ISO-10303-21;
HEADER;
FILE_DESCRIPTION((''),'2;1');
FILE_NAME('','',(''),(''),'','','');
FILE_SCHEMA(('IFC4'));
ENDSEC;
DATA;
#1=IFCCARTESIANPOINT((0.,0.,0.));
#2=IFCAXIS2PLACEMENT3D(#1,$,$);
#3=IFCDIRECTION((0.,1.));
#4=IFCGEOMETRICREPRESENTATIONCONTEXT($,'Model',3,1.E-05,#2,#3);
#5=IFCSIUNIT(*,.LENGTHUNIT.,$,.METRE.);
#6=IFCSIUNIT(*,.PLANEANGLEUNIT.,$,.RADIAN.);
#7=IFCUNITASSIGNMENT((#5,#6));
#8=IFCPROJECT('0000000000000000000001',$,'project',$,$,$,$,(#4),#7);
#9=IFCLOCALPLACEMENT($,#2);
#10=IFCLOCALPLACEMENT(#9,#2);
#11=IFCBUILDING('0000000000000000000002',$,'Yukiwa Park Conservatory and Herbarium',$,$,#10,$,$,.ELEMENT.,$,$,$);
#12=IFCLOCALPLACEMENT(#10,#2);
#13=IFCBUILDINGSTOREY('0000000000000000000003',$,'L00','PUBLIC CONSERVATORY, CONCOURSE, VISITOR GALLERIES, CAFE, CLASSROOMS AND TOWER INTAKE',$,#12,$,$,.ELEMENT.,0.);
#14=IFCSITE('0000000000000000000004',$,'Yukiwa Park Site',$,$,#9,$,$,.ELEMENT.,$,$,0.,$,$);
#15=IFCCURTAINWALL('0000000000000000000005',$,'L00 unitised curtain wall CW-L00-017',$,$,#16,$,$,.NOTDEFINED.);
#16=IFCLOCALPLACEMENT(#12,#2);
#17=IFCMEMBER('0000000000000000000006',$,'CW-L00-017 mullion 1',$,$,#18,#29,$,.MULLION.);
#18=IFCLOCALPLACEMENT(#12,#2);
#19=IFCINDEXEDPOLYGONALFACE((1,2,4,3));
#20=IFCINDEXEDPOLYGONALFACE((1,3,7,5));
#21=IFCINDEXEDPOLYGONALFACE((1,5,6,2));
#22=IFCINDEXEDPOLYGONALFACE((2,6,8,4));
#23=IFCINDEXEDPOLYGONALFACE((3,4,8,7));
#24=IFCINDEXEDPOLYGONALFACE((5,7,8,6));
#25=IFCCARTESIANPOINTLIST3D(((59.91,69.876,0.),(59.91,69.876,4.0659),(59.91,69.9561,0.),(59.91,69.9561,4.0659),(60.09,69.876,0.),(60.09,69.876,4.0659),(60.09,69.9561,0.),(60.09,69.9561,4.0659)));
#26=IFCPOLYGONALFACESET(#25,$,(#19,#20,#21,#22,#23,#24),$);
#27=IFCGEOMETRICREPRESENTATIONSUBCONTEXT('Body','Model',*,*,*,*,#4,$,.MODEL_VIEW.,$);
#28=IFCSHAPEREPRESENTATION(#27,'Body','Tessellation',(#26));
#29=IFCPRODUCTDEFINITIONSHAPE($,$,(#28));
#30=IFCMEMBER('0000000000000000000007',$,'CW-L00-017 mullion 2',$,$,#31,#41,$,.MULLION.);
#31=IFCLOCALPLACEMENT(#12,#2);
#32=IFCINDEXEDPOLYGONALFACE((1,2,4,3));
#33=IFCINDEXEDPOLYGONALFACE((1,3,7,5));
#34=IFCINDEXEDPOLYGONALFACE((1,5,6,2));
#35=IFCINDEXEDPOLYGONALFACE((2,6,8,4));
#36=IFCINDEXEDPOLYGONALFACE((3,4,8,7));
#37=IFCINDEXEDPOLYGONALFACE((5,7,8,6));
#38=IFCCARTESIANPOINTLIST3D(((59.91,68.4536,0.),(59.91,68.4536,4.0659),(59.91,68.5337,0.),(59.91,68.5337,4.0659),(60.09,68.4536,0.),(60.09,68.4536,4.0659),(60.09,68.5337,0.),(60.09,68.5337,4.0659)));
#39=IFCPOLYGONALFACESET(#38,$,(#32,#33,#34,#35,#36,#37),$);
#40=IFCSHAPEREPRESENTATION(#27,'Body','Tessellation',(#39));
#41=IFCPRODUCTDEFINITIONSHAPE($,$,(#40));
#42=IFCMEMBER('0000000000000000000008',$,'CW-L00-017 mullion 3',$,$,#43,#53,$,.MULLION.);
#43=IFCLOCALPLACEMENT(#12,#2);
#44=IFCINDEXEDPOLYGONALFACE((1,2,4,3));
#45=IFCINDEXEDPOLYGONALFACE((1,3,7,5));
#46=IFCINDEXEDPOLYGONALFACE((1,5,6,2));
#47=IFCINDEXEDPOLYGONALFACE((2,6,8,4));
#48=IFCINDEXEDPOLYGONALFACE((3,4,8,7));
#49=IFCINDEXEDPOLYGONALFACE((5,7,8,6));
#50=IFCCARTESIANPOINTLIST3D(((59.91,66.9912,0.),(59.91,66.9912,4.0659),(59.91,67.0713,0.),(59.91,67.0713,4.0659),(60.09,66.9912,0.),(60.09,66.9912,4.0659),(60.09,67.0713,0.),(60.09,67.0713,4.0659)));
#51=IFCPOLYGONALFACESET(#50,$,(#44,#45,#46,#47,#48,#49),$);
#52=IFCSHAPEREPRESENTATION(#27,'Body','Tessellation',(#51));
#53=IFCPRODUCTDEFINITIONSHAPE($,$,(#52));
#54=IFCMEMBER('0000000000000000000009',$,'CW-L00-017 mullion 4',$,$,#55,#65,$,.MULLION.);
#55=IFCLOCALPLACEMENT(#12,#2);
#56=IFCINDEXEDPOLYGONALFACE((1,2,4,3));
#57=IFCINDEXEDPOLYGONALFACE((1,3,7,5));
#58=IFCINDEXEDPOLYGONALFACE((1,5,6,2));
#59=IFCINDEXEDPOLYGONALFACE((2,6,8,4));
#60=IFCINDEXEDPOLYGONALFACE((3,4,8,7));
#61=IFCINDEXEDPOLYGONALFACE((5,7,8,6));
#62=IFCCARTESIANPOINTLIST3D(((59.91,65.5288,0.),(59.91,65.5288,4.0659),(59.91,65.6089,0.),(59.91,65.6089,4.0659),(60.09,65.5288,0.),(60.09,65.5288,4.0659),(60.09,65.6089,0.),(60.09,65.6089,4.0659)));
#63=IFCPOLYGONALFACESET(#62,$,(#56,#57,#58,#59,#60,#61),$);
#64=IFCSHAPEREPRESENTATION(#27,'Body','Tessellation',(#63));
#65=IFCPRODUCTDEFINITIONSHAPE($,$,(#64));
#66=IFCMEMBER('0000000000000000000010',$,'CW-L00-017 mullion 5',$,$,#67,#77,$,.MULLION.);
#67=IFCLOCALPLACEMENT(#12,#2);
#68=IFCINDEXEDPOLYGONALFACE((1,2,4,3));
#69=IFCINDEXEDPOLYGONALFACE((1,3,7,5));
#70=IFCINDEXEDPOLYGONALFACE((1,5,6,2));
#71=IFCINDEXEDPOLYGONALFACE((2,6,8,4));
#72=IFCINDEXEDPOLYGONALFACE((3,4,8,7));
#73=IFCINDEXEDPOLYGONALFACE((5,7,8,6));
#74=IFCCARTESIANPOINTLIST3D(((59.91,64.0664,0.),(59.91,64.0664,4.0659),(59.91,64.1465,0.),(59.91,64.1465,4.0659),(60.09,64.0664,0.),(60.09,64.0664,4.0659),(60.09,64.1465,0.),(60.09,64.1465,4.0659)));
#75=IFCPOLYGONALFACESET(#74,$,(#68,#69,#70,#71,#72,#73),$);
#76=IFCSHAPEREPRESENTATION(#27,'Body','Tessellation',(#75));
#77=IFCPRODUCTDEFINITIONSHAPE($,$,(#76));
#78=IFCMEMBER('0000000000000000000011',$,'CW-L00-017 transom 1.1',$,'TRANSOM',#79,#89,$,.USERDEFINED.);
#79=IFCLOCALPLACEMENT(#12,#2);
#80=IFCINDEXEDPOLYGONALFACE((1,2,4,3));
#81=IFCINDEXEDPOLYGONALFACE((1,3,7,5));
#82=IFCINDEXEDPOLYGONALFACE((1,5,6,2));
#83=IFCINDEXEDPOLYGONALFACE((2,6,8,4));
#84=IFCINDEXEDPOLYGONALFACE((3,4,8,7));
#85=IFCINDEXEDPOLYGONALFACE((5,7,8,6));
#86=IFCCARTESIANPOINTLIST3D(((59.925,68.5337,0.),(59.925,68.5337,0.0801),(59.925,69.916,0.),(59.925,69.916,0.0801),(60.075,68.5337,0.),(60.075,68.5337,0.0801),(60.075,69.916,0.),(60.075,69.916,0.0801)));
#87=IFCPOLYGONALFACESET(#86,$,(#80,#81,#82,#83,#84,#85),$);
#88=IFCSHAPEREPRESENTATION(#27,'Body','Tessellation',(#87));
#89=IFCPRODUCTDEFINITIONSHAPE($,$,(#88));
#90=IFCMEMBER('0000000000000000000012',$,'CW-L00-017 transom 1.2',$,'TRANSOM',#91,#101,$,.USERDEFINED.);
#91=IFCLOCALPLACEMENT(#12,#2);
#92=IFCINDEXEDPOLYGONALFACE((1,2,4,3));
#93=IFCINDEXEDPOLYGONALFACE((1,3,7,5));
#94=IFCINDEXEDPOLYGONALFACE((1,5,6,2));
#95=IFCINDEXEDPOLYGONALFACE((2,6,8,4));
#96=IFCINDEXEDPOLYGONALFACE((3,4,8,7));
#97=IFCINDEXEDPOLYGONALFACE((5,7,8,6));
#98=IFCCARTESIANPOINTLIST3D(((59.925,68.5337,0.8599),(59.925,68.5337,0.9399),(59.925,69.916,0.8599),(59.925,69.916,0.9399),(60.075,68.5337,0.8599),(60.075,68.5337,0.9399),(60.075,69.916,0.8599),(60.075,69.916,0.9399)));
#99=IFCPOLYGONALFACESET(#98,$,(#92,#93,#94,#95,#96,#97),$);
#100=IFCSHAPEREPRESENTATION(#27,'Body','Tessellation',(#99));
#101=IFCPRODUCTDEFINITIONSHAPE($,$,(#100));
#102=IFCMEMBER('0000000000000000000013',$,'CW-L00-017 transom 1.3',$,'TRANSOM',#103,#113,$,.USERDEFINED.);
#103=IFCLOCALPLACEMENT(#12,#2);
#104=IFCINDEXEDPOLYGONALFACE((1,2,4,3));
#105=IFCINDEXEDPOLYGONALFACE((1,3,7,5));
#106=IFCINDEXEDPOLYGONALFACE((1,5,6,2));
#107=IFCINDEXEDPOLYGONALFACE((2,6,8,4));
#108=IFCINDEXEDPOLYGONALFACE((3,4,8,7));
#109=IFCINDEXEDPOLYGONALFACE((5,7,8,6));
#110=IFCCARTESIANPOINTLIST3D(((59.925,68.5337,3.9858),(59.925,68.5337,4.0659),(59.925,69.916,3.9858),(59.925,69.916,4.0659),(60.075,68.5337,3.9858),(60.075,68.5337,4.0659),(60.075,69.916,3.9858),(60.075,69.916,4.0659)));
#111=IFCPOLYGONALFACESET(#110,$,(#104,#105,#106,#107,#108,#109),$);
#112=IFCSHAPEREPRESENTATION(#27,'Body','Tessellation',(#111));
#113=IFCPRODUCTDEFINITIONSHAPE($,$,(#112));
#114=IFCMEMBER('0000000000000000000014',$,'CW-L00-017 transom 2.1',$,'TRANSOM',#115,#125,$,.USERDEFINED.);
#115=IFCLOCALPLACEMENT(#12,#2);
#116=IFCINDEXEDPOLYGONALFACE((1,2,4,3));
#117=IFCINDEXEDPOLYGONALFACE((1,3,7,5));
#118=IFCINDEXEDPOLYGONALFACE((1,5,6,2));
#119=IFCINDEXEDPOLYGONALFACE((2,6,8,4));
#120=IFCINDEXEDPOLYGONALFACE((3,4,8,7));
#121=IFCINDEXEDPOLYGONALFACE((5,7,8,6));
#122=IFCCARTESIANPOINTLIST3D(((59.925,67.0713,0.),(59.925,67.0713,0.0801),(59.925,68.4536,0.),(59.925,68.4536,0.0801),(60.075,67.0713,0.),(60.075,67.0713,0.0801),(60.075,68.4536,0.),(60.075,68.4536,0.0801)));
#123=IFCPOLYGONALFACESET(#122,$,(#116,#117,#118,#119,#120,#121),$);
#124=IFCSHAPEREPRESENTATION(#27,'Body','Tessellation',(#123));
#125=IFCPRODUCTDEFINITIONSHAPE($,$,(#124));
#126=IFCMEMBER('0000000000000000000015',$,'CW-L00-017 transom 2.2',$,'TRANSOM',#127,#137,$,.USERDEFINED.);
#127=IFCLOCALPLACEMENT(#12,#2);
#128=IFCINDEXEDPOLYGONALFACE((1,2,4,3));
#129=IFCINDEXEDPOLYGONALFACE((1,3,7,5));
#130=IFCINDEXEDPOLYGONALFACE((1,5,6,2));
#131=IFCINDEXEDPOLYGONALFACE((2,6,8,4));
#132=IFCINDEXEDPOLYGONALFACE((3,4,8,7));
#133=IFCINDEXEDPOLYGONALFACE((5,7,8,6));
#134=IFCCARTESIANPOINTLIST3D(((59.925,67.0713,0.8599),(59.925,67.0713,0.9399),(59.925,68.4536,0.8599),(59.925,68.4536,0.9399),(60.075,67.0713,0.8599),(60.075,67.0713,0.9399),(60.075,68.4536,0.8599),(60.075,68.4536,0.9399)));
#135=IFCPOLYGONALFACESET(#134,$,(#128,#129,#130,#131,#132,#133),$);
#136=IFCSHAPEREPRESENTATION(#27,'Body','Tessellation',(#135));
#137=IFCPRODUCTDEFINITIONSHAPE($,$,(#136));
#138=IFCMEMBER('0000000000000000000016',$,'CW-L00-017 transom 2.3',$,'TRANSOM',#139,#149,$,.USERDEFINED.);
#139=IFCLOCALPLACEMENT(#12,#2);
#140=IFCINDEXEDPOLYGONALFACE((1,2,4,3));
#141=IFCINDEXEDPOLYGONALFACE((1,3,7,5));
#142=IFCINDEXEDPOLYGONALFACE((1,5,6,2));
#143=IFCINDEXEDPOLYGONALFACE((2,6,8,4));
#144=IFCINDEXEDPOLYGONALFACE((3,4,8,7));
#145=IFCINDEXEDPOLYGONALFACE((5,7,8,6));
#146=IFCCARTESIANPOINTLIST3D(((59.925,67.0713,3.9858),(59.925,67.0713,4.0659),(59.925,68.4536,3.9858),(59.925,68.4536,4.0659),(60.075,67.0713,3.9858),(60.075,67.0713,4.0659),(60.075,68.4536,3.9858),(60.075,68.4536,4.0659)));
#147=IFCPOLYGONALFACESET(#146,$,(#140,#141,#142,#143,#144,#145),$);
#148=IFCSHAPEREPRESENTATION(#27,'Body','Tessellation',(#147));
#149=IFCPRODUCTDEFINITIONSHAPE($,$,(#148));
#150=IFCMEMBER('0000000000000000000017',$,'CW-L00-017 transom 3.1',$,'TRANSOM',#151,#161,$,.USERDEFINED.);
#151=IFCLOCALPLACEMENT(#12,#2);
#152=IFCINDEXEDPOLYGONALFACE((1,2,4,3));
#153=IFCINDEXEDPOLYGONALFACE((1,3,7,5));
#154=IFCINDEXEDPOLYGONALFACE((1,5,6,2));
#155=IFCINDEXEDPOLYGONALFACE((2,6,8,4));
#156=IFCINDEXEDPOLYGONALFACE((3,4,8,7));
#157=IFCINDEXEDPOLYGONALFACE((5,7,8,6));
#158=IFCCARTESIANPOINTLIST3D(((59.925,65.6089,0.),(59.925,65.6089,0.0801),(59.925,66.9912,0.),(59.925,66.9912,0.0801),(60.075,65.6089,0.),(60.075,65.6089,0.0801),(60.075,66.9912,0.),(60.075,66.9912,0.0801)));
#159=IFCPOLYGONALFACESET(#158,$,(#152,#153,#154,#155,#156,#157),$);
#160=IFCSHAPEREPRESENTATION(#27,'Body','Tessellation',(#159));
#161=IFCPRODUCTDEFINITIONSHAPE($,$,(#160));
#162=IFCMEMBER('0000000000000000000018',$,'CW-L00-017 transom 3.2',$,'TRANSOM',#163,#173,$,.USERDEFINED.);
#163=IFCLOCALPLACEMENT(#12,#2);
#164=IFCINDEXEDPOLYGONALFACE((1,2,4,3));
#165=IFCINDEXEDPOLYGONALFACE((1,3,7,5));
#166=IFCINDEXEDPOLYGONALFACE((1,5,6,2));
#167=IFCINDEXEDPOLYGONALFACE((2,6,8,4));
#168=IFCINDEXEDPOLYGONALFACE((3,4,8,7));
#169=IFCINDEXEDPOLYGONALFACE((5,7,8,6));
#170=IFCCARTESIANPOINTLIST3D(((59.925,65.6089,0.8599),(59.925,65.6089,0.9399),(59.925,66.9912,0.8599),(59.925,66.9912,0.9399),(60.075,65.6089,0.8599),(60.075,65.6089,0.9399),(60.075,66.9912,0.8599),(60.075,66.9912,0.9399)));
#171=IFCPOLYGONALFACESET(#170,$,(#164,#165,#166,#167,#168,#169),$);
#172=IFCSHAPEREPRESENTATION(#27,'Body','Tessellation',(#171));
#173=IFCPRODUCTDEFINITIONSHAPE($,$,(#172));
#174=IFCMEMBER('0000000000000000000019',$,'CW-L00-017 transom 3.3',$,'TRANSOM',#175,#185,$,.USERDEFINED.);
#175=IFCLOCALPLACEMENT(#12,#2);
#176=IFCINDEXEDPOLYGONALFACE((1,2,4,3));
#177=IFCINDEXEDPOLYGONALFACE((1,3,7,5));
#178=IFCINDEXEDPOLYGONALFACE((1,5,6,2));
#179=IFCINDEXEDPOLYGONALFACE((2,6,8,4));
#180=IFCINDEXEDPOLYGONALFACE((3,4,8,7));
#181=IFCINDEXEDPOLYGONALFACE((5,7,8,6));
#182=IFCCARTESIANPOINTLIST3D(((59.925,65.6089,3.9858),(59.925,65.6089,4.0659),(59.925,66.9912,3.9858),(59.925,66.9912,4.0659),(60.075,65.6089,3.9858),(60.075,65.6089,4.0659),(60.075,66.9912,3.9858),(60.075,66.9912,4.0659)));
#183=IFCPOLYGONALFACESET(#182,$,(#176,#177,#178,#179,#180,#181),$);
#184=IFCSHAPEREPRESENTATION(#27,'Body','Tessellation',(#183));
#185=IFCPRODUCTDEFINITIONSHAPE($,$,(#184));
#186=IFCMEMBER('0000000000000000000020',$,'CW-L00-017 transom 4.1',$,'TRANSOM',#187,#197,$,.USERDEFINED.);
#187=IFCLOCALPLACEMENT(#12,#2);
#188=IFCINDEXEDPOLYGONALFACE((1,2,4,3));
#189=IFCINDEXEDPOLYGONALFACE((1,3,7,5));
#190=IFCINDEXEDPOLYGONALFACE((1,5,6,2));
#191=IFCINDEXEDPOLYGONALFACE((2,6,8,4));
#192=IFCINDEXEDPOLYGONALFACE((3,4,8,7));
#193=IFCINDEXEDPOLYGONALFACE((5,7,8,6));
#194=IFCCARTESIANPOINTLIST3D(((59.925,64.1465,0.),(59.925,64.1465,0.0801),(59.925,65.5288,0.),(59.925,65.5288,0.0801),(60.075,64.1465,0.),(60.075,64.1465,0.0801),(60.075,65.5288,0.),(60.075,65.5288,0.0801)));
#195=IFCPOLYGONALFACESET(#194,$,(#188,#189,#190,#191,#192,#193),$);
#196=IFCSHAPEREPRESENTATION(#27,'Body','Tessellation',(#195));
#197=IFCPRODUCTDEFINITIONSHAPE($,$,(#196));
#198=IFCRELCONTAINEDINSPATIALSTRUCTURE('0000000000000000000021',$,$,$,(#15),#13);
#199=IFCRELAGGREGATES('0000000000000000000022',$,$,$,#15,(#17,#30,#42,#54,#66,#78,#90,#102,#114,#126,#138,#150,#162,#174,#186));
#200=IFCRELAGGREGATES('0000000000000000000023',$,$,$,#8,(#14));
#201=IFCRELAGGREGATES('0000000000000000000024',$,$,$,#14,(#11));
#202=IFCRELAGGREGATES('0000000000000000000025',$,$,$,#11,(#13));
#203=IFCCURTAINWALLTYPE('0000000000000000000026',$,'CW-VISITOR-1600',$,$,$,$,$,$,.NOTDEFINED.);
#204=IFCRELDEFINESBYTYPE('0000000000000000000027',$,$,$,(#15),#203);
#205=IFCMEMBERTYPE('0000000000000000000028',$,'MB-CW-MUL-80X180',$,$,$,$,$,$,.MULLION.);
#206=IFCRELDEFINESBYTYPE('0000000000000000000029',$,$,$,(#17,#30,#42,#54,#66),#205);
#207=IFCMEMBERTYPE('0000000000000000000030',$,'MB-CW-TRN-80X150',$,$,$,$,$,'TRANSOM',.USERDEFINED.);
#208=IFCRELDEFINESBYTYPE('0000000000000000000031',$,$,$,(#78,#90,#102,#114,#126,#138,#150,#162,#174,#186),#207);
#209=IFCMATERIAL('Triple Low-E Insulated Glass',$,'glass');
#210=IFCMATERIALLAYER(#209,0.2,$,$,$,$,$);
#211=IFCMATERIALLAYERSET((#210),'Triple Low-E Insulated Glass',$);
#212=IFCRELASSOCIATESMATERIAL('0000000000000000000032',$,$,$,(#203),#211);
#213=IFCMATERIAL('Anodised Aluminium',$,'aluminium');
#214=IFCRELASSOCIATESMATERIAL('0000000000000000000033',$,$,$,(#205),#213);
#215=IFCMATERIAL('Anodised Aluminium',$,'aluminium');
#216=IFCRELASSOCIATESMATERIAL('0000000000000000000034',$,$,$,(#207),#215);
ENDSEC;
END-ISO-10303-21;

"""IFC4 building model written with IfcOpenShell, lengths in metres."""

from ifc_helpers import new_model, si_unit, direction, frame, origin, origin_2d, place, context, subcontext, project, spatial, rectangle, extrude, material, layer, layer_set, type_object, element, aggregate, save


model = new_model("IFC4")

# Units and contexts
model_context = context("Model", 3, precision=1e-05, world=origin(), true_north=direction((0.0, 1.0)))
body_context = subcontext(model_context, "Body", "Model", "MODEL_VIEW")
ifc_project = project(units=[si_unit("LENGTHUNIT", "METRE"), si_unit("PLANEANGLEUNIT", "RADIAN")], contexts=[model_context])

# Site, building, storey
site_placement = place(None, origin())
site = spatial("IfcSite", under=ifc_project, at=site_placement, Name="Yukiwa Park Site", CompositionType="ELEMENT", RefElevation=0.0)
building_placement = place(site_placement, origin())
building = spatial("IfcBuilding", under=site, at=building_placement, Name="Yukiwa Park Conservatory and Herbarium", CompositionType="ELEMENT")
storey_placement = place(building_placement, origin())
storey = spatial("IfcBuildingStorey", under=building, at=storey_placement, Name="L00", Description="PUBLIC CONSERVATORY, CONCOURSE, VISITOR GALLERIES, CAFE, CLASSROOMS AND TOWER INTAKE", CompositionType="ELEMENT", Elevation=0.0)

# Curtain wall, members
ifc_material_1 = material(Name="Triple Low-E Insulated Glass", Category="glass")
ifc_layer_1 = layer(ifc_material_1, 0.2)
ifc_layer_set_1 = layer_set([ifc_layer_1], Name="Triple Low-E Insulated Glass")
curtain_wall_type = type_object("IfcCurtainWallType", Name="CW-VISITOR-1600", PredefinedType="NOTDEFINED", material=ifc_layer_set_1)
curtain_wall_placement = place(storey_placement, origin())
curtain_wall = element("IfcCurtainWall", 1, at=curtain_wall_placement, inside=storey, type_object=curtain_wall_type, Name="L00 unitised curtain wall CW-L00-017", PredefinedType="NOTDEFINED")
ifc_material_2 = material(Name="Anodised Aluminium", Category="aluminium")
member_type_1 = type_object("IfcMemberType", Name="MB-CW-MUL-80X180", PredefinedType="MULLION", material=ifc_material_2)
member_1_placement = place(storey_placement, frame((60.0, 69.916, 0.0), z_axis=(0.0, 0.0, 1.0), x_axis=(0.0, -1.0, 0.0)))
member_1 = element("IfcMember", 2, at=member_1_placement, type_object=member_type_1, Name="CW-L00-017 mullion 1", PredefinedType="MULLION", context=body_context, shape_type="SweptSolid", body=[
    extrude(rectangle(XDim=0.0801, YDim=0.1799, at=origin_2d()), origin(), (0.0, 0.0, 1.0), 4.0659),
])
member_2_placement = place(storey_placement, frame((60.0, 68.4937, 0.0), z_axis=(0.0, 0.0, 1.0), x_axis=(0.0, -1.0, 0.0)))
member_2 = element("IfcMember", 3, at=member_2_placement, type_object=member_type_1, Name="CW-L00-017 mullion 2", PredefinedType="MULLION", context=body_context, shape_type="SweptSolid", body=[
    extrude(rectangle(XDim=0.0801, YDim=0.1799, at=origin_2d()), origin(), (0.0, 0.0, 1.0), 4.0659),
])
member_3_placement = place(storey_placement, frame((60.0, 67.0312, 0.0), z_axis=(0.0, 0.0, 1.0), x_axis=(0.0, -1.0, 0.0)))
member_3 = element("IfcMember", 4, at=member_3_placement, type_object=member_type_1, Name="CW-L00-017 mullion 3", PredefinedType="MULLION", context=body_context, shape_type="SweptSolid", body=[
    extrude(rectangle(XDim=0.0801, YDim=0.1799, at=origin_2d()), origin(), (0.0, 0.0, 1.0), 4.0659),
])
member_4_placement = place(storey_placement, frame((60.0, 65.5688, 0.0), z_axis=(0.0, 0.0, 1.0), x_axis=(0.0, -1.0, 0.0)))
member_4 = element("IfcMember", 5, at=member_4_placement, type_object=member_type_1, Name="CW-L00-017 mullion 4", PredefinedType="MULLION", context=body_context, shape_type="SweptSolid", body=[
    extrude(rectangle(XDim=0.0801, YDim=0.1799, at=origin_2d()), origin(), (0.0, 0.0, 1.0), 4.0659),
])
member_5_placement = place(storey_placement, frame((60.0, 64.1064, 0.0), z_axis=(0.0, 0.0, 1.0), x_axis=(0.0, -1.0, 0.0)))
member_5 = element("IfcMember", 6, at=member_5_placement, type_object=member_type_1, Name="CW-L00-017 mullion 5", PredefinedType="MULLION", context=body_context, shape_type="SweptSolid", body=[
    extrude(rectangle(XDim=0.0801, YDim=0.1799, at=origin_2d()), origin(), (0.0, 0.0, 1.0), 4.0659),
])
ifc_material_3 = material(Name="Anodised Aluminium", Category="aluminium")
member_type_2 = type_object("IfcMemberType", Name="MB-CW-TRN-80X150", ElementType="TRANSOM", PredefinedType="USERDEFINED", material=ifc_material_3)
member_6_placement = place(storey_placement, frame((60.0, 69.2249, 0.0), z_axis=(0.0, 0.0, 1.0), x_axis=(0.0, -1.0, 0.0)))
member_6 = element("IfcMember", 7, at=member_6_placement, type_object=member_type_2, Name="CW-L00-017 transom 1.1", ObjectType="TRANSOM", PredefinedType="USERDEFINED", context=body_context, shape_type="SweptSolid", body=[
    extrude(rectangle(XDim=1.3823, YDim=0.1499, at=origin_2d()), origin(), (0.0, 0.0, 1.0), 0.0801),
])
member_7_placement = place(storey_placement, frame((60.0, 69.2249, 0.8599), z_axis=(0.0, 0.0, 1.0), x_axis=(0.0, -1.0, 0.0)))
member_7 = element("IfcMember", 8, at=member_7_placement, type_object=member_type_2, Name="CW-L00-017 transom 1.2", ObjectType="TRANSOM", PredefinedType="USERDEFINED", context=body_context, shape_type="SweptSolid", body=[
    extrude(rectangle(XDim=1.3823, YDim=0.1499, at=origin_2d()), origin(), (0.0, 0.0, 1.0), 0.0801),
])
member_8_placement = place(storey_placement, frame((60.0, 69.2249, 3.9858), z_axis=(0.0, 0.0, 1.0), x_axis=(0.0, -1.0, 0.0)))
member_8 = element("IfcMember", 9, at=member_8_placement, type_object=member_type_2, Name="CW-L00-017 transom 1.3", ObjectType="TRANSOM", PredefinedType="USERDEFINED", context=body_context, shape_type="SweptSolid", body=[
    extrude(rectangle(XDim=1.3823, YDim=0.1499, at=origin_2d()), origin(), (0.0, 0.0, 1.0), 0.0801),
])
member_9_placement = place(storey_placement, frame((60.0, 67.7625, 0.0), z_axis=(0.0, 0.0, 1.0), x_axis=(0.0, -1.0, 0.0)))
member_9 = element("IfcMember", 10, at=member_9_placement, type_object=member_type_2, Name="CW-L00-017 transom 2.1", ObjectType="TRANSOM", PredefinedType="USERDEFINED", context=body_context, shape_type="SweptSolid", body=[
    extrude(rectangle(XDim=1.3823, YDim=0.1499, at=origin_2d()), origin(), (0.0, 0.0, 1.0), 0.0801),
])
member_10_placement = place(storey_placement, frame((60.0, 67.7625, 0.8599), z_axis=(0.0, 0.0, 1.0), x_axis=(0.0, -1.0, 0.0)))
member_10 = element("IfcMember", 11, at=member_10_placement, type_object=member_type_2, Name="CW-L00-017 transom 2.2", ObjectType="TRANSOM", PredefinedType="USERDEFINED", context=body_context, shape_type="SweptSolid", body=[
    extrude(rectangle(XDim=1.3823, YDim=0.1499, at=origin_2d()), origin(), (0.0, 0.0, 1.0), 0.0801),
])
member_11_placement = place(storey_placement, frame((60.0, 67.7625, 3.9858), z_axis=(0.0, 0.0, 1.0), x_axis=(0.0, -1.0, 0.0)))
member_11 = element("IfcMember", 12, at=member_11_placement, type_object=member_type_2, Name="CW-L00-017 transom 2.3", ObjectType="TRANSOM", PredefinedType="USERDEFINED", context=body_context, shape_type="SweptSolid", body=[
    extrude(rectangle(XDim=1.3823, YDim=0.1499, at=origin_2d()), origin(), (0.0, 0.0, 1.0), 0.0801),
])
member_12_placement = place(storey_placement, frame((60.0, 66.3, 0.0), z_axis=(0.0, 0.0, 1.0), x_axis=(0.0, -1.0, 0.0)))
member_12 = element("IfcMember", 13, at=member_12_placement, type_object=member_type_2, Name="CW-L00-017 transom 3.1", ObjectType="TRANSOM", PredefinedType="USERDEFINED", context=body_context, shape_type="SweptSolid", body=[
    extrude(rectangle(XDim=1.3823, YDim=0.1499, at=origin_2d()), origin(), (0.0, 0.0, 1.0), 0.0801),
])
member_13_placement = place(storey_placement, frame((60.0, 66.3, 0.8599), z_axis=(0.0, 0.0, 1.0), x_axis=(0.0, -1.0, 0.0)))
member_13 = element("IfcMember", 14, at=member_13_placement, type_object=member_type_2, Name="CW-L00-017 transom 3.2", ObjectType="TRANSOM", PredefinedType="USERDEFINED", context=body_context, shape_type="SweptSolid", body=[
    extrude(rectangle(XDim=1.3823, YDim=0.1499, at=origin_2d()), origin(), (0.0, 0.0, 1.0), 0.0801),
])
member_14_placement = place(storey_placement, frame((60.0, 66.3, 3.9858), z_axis=(0.0, 0.0, 1.0), x_axis=(0.0, -1.0, 0.0)))
member_14 = element("IfcMember", 15, at=member_14_placement, type_object=member_type_2, Name="CW-L00-017 transom 3.3", ObjectType="TRANSOM", PredefinedType="USERDEFINED", context=body_context, shape_type="SweptSolid", body=[
    extrude(rectangle(XDim=1.3823, YDim=0.1499, at=origin_2d()), origin(), (0.0, 0.0, 1.0), 0.0801),
])
member_15_placement = place(storey_placement, frame((60.0, 64.8376, 0.0), z_axis=(0.0, 0.0, 1.0), x_axis=(0.0, -1.0, 0.0)))
member_15 = element("IfcMember", 16, at=member_15_placement, type_object=member_type_2, Name="CW-L00-017 transom 4.1", ObjectType="TRANSOM", PredefinedType="USERDEFINED", context=body_context, shape_type="SweptSolid", body=[
    extrude(rectangle(XDim=1.3823, YDim=0.1499, at=origin_2d()), origin(), (0.0, 0.0, 1.0), 0.0801),
])
aggregate(curtain_wall, [member_1, member_2, member_3, member_4, member_5, member_6, member_7, member_8, member_9, member_10, member_11, member_12, member_13, member_14, member_15])

save(model, "model.ifc")
